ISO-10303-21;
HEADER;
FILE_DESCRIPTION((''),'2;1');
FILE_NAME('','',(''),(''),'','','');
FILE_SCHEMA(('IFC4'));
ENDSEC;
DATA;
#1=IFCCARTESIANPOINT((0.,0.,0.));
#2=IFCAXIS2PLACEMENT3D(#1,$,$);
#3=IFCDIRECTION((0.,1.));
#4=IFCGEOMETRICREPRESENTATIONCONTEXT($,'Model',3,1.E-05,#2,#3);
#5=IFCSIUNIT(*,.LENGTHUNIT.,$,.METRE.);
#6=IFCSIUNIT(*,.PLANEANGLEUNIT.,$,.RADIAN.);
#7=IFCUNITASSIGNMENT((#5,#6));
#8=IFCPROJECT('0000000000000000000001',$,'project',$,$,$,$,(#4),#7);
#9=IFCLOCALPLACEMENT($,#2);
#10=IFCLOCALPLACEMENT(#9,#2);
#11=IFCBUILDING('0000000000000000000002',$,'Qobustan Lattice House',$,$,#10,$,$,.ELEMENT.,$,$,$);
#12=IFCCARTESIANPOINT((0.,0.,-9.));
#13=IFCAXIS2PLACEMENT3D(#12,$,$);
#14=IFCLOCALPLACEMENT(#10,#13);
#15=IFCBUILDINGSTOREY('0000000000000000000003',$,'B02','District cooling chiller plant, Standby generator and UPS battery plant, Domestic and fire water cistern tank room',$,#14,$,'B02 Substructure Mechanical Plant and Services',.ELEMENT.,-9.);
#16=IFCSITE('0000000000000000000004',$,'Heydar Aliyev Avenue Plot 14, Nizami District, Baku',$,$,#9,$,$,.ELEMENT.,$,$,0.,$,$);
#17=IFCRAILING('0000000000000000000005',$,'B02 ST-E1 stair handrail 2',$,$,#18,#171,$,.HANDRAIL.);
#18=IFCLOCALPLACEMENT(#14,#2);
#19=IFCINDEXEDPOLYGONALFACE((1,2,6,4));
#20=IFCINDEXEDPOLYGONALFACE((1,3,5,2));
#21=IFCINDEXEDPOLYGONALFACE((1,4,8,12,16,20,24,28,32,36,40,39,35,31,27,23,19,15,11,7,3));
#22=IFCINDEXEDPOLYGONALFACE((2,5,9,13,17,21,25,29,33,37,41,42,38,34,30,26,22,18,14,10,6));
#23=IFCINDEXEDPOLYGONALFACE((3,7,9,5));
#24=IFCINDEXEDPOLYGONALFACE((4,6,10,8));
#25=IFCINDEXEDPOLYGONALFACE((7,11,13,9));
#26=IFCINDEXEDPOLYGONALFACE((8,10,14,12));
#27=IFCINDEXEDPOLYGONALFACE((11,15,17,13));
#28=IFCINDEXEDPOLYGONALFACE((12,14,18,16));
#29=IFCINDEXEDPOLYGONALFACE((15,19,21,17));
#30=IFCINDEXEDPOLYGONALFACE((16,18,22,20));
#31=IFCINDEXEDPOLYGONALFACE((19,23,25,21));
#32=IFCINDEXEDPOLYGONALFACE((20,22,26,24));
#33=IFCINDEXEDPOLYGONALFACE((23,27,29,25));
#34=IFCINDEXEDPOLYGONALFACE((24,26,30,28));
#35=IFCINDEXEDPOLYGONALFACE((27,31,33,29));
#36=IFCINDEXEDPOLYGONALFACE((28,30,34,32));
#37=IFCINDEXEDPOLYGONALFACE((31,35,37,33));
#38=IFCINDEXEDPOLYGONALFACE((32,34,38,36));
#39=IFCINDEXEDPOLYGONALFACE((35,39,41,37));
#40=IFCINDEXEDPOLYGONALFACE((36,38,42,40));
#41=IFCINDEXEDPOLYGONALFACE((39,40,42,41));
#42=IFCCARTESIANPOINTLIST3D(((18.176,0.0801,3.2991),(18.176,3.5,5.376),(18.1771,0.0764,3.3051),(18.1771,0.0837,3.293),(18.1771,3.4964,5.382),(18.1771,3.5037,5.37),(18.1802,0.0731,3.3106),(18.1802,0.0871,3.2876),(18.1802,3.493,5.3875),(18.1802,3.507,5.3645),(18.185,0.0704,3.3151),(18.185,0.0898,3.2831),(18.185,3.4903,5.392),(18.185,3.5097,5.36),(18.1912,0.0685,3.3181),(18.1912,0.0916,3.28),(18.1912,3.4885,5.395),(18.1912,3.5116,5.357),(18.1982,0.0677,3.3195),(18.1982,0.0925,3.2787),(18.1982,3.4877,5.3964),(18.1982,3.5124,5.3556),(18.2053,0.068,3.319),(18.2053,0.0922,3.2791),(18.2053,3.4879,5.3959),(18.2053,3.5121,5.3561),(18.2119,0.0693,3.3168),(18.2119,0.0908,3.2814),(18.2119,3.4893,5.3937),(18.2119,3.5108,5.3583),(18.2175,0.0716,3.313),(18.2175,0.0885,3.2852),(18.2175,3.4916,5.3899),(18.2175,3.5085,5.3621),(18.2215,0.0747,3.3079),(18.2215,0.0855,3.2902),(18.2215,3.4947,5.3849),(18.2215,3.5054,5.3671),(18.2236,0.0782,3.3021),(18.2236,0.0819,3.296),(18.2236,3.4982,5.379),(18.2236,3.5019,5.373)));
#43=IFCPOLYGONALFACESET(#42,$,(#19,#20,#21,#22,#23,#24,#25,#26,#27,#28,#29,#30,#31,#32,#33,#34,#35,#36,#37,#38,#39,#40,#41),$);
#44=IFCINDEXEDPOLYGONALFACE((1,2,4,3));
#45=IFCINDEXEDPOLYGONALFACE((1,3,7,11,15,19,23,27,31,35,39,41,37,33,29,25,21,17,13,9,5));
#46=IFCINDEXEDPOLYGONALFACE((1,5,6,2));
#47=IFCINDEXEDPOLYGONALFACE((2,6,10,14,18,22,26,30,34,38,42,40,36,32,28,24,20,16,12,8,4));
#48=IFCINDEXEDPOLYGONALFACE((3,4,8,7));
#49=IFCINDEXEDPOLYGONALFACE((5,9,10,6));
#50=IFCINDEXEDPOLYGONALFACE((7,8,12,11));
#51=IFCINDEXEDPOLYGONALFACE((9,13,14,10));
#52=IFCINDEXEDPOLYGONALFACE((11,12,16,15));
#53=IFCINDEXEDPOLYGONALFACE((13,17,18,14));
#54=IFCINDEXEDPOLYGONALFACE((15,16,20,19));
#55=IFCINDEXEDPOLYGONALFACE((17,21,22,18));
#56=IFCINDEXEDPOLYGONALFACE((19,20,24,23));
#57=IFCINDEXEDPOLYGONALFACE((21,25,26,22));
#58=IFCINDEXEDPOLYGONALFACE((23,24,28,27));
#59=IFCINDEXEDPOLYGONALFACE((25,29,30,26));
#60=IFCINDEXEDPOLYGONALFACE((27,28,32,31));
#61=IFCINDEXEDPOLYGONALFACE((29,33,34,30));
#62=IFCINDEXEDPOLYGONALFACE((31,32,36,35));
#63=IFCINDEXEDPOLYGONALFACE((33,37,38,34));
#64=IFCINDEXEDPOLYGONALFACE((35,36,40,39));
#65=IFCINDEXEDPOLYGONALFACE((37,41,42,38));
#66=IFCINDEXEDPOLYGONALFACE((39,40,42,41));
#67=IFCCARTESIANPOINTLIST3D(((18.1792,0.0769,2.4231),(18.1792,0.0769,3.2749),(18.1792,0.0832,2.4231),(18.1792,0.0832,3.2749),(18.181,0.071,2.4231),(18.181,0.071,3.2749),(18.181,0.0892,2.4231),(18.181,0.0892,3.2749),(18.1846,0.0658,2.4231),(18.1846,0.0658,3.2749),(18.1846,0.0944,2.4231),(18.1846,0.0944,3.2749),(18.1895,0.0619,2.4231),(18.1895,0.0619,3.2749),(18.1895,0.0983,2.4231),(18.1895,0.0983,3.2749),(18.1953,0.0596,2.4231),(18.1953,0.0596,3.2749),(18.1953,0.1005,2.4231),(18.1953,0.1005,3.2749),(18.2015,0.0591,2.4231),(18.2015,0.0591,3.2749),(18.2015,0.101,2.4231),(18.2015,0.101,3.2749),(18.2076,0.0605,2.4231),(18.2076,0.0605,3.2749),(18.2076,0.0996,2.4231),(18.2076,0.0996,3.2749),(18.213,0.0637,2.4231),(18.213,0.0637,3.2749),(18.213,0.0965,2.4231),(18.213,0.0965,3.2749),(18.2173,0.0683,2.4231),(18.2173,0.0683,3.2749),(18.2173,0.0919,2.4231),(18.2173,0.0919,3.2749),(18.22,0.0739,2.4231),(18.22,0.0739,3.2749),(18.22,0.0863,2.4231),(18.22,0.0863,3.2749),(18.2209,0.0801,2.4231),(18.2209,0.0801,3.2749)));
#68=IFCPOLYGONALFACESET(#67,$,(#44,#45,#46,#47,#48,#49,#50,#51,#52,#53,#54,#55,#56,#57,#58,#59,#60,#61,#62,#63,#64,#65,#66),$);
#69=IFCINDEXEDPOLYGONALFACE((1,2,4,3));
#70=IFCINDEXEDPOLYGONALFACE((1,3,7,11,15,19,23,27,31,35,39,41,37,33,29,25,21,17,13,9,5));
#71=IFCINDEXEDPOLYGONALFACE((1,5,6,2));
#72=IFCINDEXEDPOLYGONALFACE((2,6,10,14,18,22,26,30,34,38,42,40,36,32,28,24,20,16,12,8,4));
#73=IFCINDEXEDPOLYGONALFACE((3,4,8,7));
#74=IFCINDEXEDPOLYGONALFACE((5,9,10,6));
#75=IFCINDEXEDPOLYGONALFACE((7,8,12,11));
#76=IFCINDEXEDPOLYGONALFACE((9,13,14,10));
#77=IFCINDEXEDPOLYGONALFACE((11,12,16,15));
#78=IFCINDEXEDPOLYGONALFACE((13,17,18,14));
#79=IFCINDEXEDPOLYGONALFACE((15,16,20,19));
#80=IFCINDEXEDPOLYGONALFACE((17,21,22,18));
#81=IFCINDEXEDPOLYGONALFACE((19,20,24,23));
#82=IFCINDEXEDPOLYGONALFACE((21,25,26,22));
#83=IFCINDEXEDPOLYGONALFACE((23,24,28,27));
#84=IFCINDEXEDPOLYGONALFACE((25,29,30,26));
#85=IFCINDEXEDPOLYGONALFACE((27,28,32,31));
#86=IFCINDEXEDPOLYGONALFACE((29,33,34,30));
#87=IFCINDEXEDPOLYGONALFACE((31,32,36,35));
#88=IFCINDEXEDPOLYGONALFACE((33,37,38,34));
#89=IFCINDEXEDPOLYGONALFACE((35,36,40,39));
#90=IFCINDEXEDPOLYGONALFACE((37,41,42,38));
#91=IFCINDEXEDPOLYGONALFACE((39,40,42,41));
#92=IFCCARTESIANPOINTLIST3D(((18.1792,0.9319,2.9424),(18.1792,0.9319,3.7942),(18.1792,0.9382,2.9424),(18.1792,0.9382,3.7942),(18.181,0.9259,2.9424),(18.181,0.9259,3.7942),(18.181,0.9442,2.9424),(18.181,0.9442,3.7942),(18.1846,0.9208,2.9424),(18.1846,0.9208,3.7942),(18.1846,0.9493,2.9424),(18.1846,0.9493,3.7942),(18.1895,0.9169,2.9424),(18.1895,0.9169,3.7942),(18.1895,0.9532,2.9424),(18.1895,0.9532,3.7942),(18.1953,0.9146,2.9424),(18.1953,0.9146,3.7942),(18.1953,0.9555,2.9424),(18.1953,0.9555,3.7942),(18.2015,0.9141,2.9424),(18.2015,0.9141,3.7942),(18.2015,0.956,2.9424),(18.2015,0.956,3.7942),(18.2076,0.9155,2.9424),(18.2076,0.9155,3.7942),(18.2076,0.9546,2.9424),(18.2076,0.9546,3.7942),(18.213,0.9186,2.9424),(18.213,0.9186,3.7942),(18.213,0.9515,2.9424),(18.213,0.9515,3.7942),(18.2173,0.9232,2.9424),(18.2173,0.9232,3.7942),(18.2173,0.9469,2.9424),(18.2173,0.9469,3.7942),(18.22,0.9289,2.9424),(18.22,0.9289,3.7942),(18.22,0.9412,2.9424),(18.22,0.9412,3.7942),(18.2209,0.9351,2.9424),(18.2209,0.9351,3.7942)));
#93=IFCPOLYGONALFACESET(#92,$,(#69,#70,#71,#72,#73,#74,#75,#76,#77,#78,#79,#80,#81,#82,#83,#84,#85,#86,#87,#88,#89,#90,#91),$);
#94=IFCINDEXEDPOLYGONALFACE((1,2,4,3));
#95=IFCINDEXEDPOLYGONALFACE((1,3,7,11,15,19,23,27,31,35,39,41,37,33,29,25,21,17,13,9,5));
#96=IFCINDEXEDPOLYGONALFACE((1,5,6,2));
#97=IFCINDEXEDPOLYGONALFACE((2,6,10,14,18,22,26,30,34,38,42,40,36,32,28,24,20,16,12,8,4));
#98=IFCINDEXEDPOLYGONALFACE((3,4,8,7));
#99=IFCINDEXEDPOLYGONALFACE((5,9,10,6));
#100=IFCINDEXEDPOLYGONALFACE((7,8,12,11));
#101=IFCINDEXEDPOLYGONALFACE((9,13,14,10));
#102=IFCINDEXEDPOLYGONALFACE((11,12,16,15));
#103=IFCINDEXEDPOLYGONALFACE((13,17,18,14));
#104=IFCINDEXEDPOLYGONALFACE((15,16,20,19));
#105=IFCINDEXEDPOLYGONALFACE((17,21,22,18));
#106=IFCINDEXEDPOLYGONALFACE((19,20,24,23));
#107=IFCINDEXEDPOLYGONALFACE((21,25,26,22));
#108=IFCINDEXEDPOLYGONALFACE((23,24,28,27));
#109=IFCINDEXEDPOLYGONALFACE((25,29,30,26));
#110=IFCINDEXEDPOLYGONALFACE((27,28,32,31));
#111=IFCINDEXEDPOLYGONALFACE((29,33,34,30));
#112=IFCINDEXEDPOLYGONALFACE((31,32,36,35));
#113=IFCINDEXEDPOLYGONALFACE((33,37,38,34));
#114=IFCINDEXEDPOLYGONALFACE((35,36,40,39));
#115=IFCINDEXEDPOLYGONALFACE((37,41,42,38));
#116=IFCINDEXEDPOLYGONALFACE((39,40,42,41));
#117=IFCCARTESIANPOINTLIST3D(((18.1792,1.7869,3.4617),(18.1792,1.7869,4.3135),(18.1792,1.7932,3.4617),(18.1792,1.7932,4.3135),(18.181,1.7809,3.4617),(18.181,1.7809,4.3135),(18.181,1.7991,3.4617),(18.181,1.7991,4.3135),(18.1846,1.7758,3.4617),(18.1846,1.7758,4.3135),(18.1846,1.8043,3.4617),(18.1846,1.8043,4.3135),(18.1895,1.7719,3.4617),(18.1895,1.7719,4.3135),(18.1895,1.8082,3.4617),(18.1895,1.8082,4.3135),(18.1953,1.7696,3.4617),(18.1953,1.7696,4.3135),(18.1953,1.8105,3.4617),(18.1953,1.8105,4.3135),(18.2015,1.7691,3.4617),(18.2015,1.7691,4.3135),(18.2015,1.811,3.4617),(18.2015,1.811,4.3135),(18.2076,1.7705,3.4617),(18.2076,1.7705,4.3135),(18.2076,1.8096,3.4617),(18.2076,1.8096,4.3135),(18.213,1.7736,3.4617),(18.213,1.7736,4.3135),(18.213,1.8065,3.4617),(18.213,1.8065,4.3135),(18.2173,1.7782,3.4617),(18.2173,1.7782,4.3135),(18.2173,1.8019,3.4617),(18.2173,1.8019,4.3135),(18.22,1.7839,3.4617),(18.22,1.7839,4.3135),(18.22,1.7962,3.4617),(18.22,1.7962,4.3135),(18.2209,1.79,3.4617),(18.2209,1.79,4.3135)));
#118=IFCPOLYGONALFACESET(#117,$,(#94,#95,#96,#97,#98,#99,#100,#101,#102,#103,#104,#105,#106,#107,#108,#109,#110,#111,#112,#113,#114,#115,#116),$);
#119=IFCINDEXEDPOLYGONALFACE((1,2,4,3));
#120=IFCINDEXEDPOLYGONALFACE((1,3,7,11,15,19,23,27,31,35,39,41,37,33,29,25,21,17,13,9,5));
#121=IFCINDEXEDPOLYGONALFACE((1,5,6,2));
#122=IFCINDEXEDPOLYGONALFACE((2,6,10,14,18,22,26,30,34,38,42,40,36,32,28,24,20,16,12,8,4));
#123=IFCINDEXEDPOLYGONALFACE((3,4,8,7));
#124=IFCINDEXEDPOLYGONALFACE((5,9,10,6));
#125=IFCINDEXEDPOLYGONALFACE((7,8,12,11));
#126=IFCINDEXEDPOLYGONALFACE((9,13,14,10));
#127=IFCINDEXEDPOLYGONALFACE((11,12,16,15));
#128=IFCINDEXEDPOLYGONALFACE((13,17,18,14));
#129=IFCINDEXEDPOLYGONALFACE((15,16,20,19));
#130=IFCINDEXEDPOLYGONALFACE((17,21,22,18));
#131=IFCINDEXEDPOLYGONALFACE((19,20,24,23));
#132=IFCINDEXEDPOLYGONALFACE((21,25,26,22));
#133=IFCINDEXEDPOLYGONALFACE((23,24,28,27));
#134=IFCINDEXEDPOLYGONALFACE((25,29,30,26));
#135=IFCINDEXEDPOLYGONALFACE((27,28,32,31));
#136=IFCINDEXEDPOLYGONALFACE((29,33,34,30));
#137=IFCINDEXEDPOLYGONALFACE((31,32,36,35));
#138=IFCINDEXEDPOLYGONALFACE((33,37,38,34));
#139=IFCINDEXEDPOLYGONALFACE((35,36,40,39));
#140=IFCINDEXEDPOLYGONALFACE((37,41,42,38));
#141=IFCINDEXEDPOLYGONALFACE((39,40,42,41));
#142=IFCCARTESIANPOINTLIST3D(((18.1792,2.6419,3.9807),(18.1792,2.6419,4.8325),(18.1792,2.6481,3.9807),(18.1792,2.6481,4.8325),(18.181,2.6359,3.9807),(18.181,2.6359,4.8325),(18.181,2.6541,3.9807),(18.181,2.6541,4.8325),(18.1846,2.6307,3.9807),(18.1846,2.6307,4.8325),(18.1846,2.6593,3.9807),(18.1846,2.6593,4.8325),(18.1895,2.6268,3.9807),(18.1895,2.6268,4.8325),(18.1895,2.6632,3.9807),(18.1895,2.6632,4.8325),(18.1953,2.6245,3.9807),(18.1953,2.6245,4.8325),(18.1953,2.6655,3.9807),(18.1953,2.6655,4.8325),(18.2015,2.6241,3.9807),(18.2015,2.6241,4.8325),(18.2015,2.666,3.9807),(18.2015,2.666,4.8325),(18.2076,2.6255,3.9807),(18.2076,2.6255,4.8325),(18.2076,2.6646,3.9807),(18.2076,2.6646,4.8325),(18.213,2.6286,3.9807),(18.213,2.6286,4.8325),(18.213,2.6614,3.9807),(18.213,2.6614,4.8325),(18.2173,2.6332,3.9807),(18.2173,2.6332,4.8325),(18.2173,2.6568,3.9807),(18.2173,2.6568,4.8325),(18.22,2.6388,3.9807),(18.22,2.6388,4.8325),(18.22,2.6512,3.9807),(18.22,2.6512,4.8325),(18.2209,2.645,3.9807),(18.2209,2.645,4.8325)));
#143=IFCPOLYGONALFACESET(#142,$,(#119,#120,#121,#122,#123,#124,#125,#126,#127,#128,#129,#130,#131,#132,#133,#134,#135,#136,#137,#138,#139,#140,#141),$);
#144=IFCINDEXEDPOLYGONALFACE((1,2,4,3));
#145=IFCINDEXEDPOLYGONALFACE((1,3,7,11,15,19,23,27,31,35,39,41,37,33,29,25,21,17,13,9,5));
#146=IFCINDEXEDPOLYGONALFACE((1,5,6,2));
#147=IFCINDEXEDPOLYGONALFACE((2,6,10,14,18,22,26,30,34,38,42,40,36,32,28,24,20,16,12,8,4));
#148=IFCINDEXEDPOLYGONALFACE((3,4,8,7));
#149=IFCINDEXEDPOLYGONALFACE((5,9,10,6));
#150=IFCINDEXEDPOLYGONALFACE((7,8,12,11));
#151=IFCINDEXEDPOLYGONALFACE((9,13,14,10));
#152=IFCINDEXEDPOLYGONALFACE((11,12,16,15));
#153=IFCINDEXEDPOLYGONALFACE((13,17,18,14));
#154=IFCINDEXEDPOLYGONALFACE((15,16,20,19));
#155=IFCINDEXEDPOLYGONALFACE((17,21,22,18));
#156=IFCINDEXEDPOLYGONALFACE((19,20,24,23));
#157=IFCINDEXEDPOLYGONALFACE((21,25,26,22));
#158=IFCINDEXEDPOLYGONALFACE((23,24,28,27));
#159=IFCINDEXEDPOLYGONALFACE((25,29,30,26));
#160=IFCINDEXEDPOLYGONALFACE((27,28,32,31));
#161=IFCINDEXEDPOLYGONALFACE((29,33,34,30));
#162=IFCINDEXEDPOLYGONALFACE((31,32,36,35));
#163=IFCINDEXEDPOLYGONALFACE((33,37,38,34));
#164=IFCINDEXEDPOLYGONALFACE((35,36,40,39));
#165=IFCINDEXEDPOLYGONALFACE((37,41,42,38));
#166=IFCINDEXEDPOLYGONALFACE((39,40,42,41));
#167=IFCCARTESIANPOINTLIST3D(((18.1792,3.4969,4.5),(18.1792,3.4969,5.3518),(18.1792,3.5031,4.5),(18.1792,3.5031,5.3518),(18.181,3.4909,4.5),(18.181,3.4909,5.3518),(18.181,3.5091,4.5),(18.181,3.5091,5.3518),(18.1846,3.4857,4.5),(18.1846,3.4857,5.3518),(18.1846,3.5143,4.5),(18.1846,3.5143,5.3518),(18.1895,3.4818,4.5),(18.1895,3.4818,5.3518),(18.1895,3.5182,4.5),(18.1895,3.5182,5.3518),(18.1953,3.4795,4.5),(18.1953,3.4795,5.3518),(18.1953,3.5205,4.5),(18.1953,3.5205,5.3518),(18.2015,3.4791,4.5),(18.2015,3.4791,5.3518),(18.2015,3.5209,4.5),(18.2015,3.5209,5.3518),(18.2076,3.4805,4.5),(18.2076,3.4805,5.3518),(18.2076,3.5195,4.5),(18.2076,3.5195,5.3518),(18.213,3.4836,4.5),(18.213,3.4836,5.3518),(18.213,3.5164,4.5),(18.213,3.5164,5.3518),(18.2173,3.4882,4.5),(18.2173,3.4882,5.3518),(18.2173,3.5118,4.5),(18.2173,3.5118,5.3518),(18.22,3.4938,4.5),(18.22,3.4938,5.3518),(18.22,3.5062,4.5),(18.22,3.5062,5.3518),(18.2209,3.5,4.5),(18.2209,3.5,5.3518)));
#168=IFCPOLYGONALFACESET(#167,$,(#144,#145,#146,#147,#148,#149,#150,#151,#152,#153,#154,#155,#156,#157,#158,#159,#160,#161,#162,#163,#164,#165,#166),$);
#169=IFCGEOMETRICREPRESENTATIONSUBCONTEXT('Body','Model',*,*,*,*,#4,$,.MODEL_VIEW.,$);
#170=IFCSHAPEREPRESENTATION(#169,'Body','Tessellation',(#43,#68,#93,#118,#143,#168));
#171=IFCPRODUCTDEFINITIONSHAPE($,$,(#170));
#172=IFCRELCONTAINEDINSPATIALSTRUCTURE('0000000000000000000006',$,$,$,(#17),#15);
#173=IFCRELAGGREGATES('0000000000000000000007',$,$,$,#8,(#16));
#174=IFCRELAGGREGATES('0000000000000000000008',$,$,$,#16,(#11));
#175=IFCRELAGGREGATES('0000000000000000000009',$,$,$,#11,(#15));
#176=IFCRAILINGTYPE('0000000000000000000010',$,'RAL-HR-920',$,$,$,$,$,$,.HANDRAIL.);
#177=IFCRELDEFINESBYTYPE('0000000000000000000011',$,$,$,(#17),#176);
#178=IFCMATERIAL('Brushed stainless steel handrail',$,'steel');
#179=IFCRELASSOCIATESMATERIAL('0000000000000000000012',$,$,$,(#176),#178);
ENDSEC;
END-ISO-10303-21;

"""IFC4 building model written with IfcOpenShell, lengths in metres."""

from ifc_helpers import new_model, si_unit, direction, frame, origin, origin_2d, place, context, subcontext, project, spatial, circle, extrude, material, type_object, element, save


model = new_model("IFC4")

# Units and contexts
model_context = context("Model", 3, precision=1e-05, world=origin(), true_north=direction((0.0, 1.0)))
body_context = subcontext(model_context, "Body", "Model", "MODEL_VIEW")
ifc_project = project(units=[si_unit("LENGTHUNIT", "METRE"), si_unit("PLANEANGLEUNIT", "RADIAN")], contexts=[model_context])

# Site, building, storey
site_placement = place(None, origin())
site = spatial("IfcSite", under=ifc_project, at=site_placement, Name="Heydar Aliyev Avenue Plot 14, Nizami District, Baku", CompositionType="ELEMENT", RefElevation=0.0)
building_placement = place(site_placement, origin())
building = spatial("IfcBuilding", under=site, at=building_placement, Name="Qobustan Lattice House", CompositionType="ELEMENT")
storey_placement = place(building_placement, frame((0.0, 0.0, -9.0)))
storey = spatial("IfcBuildingStorey", under=building, at=storey_placement, Name="B02", Description="District cooling chiller plant, Standby generator and UPS battery plant, Domestic and fire water cistern tank room", LongName="B02 Substructure Mechanical Plant and Services", CompositionType="ELEMENT", Elevation=-9.0)

# Railing
ifc_material_1 = material(Name="Brushed stainless steel handrail", Category="steel")
railing_type_1 = type_object("IfcRailingType", Name="RAL-HR-920", PredefinedType="HANDRAIL", material=ifc_material_1)
railing_1_placement = place(storey_placement, frame((18.2, 0.0801, 2.4231)))
element("IfcRailing", 1, at=railing_1_placement, inside=storey, type_object=railing_type_1, Name="B02 ST-E1 stair handrail 2", PredefinedType="HANDRAIL", context=body_context, shape_type="SweptSolid", body=[
    extrude(circle(Radius=0.0239, at=origin_2d()), frame((0.0, 0.0, 0.876), z_axis=(0.0, 0.85473, 0.519074), x_axis=(-1.0, 0.0, 0.0)), (0.0, 0.0, 1.0), 4.0012),
    extrude(circle(Radius=0.021, at=origin_2d()), origin(), (0.0, 0.0, 1.0), 0.8518),
    extrude(circle(Radius=0.021, at=origin_2d()), frame((0.0, 0.855, 0.5193)), (0.0, 0.0, 1.0), 0.8518),
    extrude(circle(Radius=0.021, at=origin_2d()), frame((0.0, 1.71, 1.0386)), (0.0, 0.0, 1.0), 0.8518),
    extrude(circle(Radius=0.021, at=origin_2d()), frame((0.0, 2.5649, 1.5576)), (0.0, 0.0, 1.0), 0.8518),
    extrude(circle(Radius=0.021, at=origin_2d()), frame((0.0, 3.4199, 2.0769)), (0.0, 0.0, 1.0), 0.8518),
])

save(model, "model.ifc")
